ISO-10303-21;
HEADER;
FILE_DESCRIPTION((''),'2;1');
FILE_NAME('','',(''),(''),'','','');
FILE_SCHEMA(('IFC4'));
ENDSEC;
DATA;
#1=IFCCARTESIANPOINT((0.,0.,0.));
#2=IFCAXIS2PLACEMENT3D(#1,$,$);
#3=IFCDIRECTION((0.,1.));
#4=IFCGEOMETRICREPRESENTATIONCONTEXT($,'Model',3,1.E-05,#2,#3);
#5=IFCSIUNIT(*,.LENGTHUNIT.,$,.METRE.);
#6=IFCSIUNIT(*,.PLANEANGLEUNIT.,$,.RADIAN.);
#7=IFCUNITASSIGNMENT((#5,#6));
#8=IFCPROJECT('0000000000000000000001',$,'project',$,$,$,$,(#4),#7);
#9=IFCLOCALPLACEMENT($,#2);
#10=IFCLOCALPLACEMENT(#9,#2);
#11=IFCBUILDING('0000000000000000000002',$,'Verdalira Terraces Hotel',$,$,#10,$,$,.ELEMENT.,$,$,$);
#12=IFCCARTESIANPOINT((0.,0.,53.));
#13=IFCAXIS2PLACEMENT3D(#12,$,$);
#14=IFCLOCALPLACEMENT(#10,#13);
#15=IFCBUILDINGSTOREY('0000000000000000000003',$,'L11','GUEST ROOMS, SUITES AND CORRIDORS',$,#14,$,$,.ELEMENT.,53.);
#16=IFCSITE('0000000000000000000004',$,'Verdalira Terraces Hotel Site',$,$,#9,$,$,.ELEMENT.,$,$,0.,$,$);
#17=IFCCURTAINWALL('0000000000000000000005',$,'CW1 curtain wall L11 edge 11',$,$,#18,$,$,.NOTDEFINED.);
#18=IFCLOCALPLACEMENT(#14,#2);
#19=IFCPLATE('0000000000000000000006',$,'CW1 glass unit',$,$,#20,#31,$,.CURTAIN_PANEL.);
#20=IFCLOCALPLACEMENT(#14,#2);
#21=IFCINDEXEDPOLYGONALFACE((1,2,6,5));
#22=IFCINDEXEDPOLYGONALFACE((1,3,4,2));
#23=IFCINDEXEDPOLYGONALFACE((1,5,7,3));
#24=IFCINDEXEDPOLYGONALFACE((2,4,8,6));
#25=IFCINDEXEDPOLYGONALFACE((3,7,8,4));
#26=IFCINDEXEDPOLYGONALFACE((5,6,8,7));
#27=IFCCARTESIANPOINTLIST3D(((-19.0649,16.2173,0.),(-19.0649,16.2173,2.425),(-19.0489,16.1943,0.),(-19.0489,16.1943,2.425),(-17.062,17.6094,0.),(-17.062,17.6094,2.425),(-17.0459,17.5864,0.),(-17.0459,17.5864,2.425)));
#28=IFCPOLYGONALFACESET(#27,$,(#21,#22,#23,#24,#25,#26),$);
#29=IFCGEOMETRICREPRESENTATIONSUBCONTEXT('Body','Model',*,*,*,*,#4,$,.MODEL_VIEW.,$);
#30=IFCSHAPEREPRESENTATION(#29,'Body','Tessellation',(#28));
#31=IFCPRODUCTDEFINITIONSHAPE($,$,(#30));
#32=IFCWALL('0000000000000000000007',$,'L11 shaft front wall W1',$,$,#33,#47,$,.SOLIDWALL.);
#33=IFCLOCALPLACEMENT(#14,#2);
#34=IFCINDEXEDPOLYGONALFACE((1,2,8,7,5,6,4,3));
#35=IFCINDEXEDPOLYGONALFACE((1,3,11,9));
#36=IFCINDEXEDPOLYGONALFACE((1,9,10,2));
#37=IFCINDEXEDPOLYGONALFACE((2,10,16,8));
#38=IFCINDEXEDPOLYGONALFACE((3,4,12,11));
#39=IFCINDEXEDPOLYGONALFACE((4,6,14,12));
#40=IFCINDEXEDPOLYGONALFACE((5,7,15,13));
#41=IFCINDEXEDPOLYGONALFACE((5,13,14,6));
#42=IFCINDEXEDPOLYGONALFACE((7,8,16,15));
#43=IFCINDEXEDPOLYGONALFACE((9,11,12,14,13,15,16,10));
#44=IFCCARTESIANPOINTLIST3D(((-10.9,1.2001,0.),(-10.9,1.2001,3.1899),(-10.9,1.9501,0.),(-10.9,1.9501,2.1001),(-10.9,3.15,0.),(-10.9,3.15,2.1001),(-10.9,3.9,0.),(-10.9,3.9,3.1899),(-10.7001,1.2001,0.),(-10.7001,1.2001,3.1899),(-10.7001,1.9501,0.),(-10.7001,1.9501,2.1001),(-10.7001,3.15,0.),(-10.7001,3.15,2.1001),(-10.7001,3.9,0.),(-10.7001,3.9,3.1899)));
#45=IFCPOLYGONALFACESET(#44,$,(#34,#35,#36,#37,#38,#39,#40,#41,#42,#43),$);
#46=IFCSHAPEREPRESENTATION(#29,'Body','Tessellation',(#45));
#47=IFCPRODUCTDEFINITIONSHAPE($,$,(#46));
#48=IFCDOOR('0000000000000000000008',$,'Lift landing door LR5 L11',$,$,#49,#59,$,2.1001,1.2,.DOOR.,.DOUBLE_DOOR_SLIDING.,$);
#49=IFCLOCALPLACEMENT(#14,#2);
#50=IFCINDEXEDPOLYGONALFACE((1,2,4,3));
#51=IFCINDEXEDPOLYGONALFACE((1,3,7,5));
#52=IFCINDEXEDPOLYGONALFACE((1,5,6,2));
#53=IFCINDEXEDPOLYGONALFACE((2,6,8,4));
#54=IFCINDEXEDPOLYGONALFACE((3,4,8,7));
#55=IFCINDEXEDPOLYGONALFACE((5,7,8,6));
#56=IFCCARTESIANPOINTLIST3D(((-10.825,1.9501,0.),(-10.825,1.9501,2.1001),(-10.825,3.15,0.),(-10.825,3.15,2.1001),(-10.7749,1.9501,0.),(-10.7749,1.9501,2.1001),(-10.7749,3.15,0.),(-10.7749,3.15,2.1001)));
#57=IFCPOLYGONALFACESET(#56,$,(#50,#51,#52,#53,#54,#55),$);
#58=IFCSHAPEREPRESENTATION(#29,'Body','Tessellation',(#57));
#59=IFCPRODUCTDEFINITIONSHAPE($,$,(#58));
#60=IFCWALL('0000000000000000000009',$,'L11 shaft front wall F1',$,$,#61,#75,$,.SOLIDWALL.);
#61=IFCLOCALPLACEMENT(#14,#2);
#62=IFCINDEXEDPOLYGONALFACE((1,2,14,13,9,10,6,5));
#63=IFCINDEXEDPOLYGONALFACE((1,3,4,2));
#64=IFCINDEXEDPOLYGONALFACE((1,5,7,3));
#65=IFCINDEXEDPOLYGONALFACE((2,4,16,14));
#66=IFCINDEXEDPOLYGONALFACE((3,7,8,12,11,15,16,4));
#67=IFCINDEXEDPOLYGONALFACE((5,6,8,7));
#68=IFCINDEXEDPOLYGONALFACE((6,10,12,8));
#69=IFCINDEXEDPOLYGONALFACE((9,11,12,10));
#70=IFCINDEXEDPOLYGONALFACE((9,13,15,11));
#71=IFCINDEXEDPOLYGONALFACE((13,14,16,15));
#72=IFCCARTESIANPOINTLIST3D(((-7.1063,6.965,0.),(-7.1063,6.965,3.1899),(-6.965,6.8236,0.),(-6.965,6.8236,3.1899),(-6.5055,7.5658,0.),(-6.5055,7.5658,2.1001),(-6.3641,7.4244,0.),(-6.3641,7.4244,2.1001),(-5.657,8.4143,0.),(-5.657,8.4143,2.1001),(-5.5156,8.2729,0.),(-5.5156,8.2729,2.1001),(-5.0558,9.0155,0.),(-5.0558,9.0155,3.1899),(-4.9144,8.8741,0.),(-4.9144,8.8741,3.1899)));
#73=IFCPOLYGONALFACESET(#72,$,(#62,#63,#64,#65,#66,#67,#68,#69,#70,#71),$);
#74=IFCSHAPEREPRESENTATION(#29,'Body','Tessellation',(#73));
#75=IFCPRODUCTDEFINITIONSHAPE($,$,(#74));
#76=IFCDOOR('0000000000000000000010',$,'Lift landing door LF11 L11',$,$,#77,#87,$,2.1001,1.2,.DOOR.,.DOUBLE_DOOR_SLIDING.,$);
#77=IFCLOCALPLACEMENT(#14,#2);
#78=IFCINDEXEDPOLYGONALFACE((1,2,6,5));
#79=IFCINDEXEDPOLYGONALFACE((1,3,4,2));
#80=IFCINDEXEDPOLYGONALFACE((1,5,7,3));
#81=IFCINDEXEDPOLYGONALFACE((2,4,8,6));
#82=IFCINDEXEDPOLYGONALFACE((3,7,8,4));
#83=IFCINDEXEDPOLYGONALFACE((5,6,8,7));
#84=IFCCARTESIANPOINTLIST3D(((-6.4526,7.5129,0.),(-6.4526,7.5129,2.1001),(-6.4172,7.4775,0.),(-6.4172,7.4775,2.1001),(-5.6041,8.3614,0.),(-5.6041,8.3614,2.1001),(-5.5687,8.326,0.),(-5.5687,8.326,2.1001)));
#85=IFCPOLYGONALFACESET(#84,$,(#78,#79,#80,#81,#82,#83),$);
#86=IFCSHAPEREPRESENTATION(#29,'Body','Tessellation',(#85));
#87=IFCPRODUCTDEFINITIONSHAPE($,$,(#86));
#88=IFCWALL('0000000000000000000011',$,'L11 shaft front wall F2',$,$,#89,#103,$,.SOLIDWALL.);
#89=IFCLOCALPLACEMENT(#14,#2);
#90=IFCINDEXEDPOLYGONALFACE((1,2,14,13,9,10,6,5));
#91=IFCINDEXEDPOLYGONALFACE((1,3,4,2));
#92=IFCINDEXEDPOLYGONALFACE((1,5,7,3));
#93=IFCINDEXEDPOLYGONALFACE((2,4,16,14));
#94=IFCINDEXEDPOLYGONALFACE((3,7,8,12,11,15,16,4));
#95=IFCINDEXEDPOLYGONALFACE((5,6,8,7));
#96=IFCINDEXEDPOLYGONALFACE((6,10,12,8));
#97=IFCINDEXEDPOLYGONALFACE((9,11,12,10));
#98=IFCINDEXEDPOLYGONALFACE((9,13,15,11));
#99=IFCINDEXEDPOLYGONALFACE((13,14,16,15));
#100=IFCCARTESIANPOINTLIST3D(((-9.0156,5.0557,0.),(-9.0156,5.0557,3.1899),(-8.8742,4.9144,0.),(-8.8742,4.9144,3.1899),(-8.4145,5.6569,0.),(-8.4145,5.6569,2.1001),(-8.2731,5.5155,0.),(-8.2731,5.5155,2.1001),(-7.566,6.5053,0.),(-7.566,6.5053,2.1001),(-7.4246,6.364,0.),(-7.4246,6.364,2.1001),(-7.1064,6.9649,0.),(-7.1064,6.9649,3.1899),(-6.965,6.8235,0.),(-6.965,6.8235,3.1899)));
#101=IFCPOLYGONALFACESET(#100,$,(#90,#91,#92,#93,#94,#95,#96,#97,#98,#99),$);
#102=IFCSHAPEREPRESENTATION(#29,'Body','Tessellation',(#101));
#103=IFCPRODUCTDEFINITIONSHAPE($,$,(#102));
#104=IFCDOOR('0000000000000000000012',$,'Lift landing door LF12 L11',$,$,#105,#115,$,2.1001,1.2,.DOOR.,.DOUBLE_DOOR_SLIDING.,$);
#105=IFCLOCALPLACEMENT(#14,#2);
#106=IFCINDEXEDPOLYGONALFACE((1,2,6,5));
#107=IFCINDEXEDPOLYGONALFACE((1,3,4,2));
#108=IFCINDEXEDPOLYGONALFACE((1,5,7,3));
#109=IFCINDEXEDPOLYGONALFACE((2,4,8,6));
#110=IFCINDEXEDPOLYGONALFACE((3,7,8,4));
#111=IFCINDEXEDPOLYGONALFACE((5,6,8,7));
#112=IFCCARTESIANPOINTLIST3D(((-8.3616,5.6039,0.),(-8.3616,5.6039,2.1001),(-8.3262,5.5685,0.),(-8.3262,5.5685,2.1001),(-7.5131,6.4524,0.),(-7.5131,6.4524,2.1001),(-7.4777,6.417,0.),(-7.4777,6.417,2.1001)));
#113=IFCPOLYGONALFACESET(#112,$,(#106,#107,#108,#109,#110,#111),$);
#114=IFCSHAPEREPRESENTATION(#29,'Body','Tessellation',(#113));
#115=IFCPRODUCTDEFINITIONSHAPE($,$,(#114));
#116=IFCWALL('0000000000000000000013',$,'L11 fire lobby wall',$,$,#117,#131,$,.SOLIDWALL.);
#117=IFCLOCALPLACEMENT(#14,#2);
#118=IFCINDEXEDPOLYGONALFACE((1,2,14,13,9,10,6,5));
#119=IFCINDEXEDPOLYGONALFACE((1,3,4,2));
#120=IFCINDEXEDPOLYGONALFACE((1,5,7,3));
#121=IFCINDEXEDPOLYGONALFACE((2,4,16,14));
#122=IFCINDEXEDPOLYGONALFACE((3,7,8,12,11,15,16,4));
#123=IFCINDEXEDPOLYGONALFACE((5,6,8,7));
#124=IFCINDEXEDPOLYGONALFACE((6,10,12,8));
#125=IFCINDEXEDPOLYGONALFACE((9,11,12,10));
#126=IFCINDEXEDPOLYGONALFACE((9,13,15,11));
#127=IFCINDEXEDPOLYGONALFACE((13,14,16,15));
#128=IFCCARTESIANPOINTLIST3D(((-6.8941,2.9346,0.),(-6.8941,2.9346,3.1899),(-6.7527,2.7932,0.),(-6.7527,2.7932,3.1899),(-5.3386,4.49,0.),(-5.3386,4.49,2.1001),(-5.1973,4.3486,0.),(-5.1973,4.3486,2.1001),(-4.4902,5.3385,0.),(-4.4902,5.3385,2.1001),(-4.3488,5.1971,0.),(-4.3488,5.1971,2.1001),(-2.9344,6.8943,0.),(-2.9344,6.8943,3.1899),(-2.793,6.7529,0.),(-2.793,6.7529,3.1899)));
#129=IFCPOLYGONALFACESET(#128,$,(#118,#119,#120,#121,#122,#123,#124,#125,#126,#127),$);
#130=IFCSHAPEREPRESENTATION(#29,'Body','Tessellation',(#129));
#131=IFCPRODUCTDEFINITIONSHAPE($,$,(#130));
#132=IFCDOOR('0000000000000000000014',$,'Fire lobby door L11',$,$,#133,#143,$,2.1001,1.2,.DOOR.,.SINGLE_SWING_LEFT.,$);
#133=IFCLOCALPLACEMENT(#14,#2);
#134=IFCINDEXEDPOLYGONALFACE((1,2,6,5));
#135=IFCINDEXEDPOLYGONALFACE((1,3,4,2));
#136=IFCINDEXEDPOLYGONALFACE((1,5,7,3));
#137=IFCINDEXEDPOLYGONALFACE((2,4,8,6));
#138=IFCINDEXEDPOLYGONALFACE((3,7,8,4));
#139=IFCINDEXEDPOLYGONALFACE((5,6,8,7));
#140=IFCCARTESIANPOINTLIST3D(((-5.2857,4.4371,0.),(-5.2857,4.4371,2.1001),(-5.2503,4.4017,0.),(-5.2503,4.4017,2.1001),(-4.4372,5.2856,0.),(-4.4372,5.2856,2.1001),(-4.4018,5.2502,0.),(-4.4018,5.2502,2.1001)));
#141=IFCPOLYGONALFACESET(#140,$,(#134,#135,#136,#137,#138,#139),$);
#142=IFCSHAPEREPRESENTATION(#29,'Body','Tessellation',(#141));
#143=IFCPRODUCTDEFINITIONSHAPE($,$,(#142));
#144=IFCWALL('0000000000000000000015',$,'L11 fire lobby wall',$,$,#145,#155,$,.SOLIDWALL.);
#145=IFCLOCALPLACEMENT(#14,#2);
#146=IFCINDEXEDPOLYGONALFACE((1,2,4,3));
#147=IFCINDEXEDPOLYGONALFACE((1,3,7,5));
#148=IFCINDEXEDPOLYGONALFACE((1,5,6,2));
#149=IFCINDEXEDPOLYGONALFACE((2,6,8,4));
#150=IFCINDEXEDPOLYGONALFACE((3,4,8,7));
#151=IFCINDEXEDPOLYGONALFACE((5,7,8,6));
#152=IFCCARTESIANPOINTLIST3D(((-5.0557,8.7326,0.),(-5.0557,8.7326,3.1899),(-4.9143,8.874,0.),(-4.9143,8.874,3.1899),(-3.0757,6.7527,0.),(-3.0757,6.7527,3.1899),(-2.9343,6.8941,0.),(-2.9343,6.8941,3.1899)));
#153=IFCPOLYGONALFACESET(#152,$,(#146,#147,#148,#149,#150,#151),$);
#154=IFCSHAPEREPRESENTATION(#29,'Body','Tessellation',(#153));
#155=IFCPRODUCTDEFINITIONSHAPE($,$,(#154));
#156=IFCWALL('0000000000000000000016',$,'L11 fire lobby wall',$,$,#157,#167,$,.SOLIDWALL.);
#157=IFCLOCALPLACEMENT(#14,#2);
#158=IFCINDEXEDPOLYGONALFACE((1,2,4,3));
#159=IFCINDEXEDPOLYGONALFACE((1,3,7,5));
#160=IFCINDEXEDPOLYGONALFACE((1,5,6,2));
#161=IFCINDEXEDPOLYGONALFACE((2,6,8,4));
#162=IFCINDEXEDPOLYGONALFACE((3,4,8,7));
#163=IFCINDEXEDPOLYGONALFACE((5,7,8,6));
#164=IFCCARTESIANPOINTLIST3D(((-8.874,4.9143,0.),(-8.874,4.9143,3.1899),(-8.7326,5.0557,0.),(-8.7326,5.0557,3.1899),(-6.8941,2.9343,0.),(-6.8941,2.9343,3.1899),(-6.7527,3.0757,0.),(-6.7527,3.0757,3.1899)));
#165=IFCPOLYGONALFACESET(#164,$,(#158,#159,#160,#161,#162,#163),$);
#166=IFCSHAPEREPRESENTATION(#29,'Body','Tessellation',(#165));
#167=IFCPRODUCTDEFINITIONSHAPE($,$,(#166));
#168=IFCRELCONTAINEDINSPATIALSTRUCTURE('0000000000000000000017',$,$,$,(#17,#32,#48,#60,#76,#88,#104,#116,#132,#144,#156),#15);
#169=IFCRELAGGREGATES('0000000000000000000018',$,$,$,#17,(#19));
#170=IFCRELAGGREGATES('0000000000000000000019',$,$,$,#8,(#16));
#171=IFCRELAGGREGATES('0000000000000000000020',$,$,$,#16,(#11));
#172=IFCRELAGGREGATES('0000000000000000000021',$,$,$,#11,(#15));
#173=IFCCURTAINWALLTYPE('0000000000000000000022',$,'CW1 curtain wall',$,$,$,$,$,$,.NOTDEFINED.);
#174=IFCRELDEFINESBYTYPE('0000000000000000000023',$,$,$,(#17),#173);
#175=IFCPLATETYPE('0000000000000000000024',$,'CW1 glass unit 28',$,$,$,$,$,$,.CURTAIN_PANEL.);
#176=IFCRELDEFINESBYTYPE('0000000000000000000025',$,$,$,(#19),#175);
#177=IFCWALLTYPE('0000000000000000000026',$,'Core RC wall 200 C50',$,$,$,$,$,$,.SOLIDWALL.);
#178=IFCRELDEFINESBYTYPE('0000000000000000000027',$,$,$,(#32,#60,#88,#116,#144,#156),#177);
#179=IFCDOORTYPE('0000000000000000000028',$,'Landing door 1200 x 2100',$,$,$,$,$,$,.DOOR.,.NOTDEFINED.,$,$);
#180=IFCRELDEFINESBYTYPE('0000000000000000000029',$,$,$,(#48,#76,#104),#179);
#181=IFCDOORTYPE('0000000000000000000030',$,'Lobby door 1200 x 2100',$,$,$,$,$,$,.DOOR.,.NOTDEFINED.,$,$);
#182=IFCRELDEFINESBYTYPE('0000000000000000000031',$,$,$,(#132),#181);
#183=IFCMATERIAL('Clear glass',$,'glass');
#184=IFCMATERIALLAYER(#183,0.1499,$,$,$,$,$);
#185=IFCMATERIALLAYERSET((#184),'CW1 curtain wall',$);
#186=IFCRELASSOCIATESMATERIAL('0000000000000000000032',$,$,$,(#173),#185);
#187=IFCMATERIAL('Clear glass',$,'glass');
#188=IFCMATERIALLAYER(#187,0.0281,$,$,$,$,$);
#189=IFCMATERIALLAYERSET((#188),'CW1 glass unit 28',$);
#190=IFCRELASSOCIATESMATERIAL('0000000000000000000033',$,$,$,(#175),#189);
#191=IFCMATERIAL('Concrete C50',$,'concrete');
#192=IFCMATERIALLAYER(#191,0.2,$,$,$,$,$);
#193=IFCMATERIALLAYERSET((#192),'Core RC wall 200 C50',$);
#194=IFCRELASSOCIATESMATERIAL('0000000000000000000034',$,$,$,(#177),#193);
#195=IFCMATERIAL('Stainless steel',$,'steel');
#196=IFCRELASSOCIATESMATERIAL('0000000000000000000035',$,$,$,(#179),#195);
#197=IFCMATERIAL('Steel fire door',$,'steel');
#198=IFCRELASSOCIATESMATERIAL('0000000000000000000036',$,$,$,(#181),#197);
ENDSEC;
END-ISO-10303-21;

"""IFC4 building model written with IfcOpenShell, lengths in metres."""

from ifc_helpers import new_model, si_unit, direction, frame, frame_2d, origin, origin_2d, place, context, subcontext, project, spatial, rectangle, extrude, material, layer, layer_set, type_object, element, fill, aggregate, save


model = new_model("IFC4")

# Units and contexts
model_context = context("Model", 3, precision=1e-05, world=origin(), true_north=direction((0.0, 1.0)))
body_context = subcontext(model_context, "Body", "Model", "MODEL_VIEW")
ifc_project = project(units=[si_unit("LENGTHUNIT", "METRE"), si_unit("PLANEANGLEUNIT", "RADIAN")], contexts=[model_context])

# Site, building, storey
site_placement = place(None, origin())
site = spatial("IfcSite", under=ifc_project, at=site_placement, Name="Verdalira Terraces Hotel Site", CompositionType="ELEMENT", RefElevation=0.0)
building_placement = place(site_placement, origin())
building = spatial("IfcBuilding", under=site, at=building_placement, Name="Verdalira Terraces Hotel", CompositionType="ELEMENT")
storey_placement = place(building_placement, frame((0.0, 0.0, 53.0)))
storey = spatial("IfcBuildingStorey", under=building, at=storey_placement, Name="L11", Description="GUEST ROOMS, SUITES AND CORRIDORS", CompositionType="ELEMENT", Elevation=53.0)

# Curtain wall, plate
ifc_material_1 = material(Name="Clear glass", Category="glass")
ifc_layer_1 = layer(ifc_material_1, 0.1499)
ifc_layer_set_1 = layer_set([ifc_layer_1], Name="CW1 curtain wall")
curtain_wall_type = type_object("IfcCurtainWallType", Name="CW1 curtain wall", PredefinedType="NOTDEFINED", material=ifc_layer_set_1)
curtain_wall_placement = place(storey_placement, origin())
curtain_wall = element("IfcCurtainWall", 1, at=curtain_wall_placement, inside=storey, type_object=curtain_wall_type, Name="CW1 curtain wall L11 edge 11", PredefinedType="NOTDEFINED")
ifc_material_2 = material(Name="Clear glass", Category="glass")
ifc_layer_2 = layer(ifc_material_2, 0.0281)
ifc_layer_set_2 = layer_set([ifc_layer_2], Name="CW1 glass unit 28")
plate_type = type_object("IfcPlateType", Name="CW1 glass unit 28", PredefinedType="CURTAIN_PANEL", material=ifc_layer_set_2)
plate_placement = place(storey_placement, frame((-18.0554, 16.9019, 0.0), z_axis=(0.0, 0.0, 1.0), x_axis=(-0.821149, -0.570714, 0.0)))
plate = element("IfcPlate", 2, at=plate_placement, type_object=plate_type, Name="CW1 glass unit", PredefinedType="CURTAIN_PANEL", context=body_context, shape_type="SweptSolid", body=[
    extrude(rectangle(XDim=2.4392, YDim=0.0281, at=origin_2d()), origin(), (0.0, 0.0, 1.0), 2.425),
])
aggregate(curtain_wall, [plate])

# Walls, openings, doors
ifc_material_3 = material(Name="Concrete C50", Category="concrete")
ifc_layer_3 = layer(ifc_material_3, 0.2)
ifc_layer_set_3 = layer_set([ifc_layer_3], Name="Core RC wall 200 C50")
wall_type_1 = type_object("IfcWallType", Name="Core RC wall 200 C50", PredefinedType="SOLIDWALL", material=ifc_layer_set_3)
wall_1_placement = place(storey_placement, frame((-10.8, 1.2, 0.0), z_axis=(0.0, 0.0, 1.0), x_axis=(0.0, 1.0, 0.0)))
wall_1 = element("IfcWall", 3, at=wall_1_placement, inside=storey, type_object=wall_type_1, Name="L11 shaft front wall W1", PredefinedType="SOLIDWALL", context=body_context, shape_type="SweptSolid", body=[
    extrude(rectangle(XDim=2.7, YDim=0.2, at=frame_2d((1.3501, 0.0))), origin(), (0.0, 0.0, 1.0), 3.1899),
])
opening_1_placement = place(wall_1_placement, frame((0.75, 0.0, 0.0)))
opening_1 = element("IfcOpeningElement", 4, at=opening_1_placement, cuts=wall_1, PredefinedType="OPENING", context=body_context, shape_type="SweptSolid", body=[
    extrude(rectangle(XDim=1.2, YDim=2.1001, at=frame_2d((0.6001, 1.05))), frame((0.0, 0.1099, 0.0), z_axis=(0.0, -1.0, 0.0), x_axis=(1.0, 0.0, 0.0)), (0.0, 0.0, 1.0), 0.22),
])
ifc_material_4 = material(Name="Stainless steel", Category="steel")
door_type_1 = type_object("IfcDoorType", Name="Landing door 1200 x 2100", OperationType="NOTDEFINED", PredefinedType="DOOR", material=ifc_material_4)
door_1_placement = place(opening_1_placement, origin())
door_1 = element("IfcDoor", 5, at=door_1_placement, inside=storey, type_object=door_type_1, Name="Lift landing door LR5 L11", OperationType="DOUBLE_DOOR_SLIDING", OverallHeight=2.1001, OverallWidth=1.2, PredefinedType="DOOR", context=body_context, shape_type="SweptSolid", body=[
    extrude(rectangle(XDim=1.2, YDim=2.1001, at=frame_2d((0.6001, 1.05))), frame((0.0, 0.0249, 0.0), z_axis=(0.0, -1.0, 0.0), x_axis=(1.0, 0.0, 0.0)), (0.0, 0.0, 1.0), 0.05),
])
fill(opening_1, door_1)
wall_2_placement = place(storey_placement, frame((-4.9851, 8.9448, 0.0), z_axis=(0.0, 0.0, 1.0), x_axis=(-0.707107, -0.707107, 0.0)))
wall_2 = element("IfcWall", 6, at=wall_2_placement, inside=storey, type_object=wall_type_1, Name="L11 shaft front wall F1", PredefinedType="SOLIDWALL", context=body_context, shape_type="SweptSolid", body=[
    extrude(rectangle(XDim=2.8999, YDim=0.2, at=frame_2d((1.45, 0.0))), origin(), (0.0, 0.0, 1.0), 3.1899),
])
opening_2_placement = place(wall_2_placement, frame((0.8501, 0.0, 0.0)))
opening_2 = element("IfcOpeningElement", 7, at=opening_2_placement, cuts=wall_2, PredefinedType="OPENING", context=body_context, shape_type="SweptSolid", body=[
    extrude(rectangle(XDim=1.2, YDim=2.1001, at=frame_2d((0.6001, 1.05))), frame((0.0, 0.1099, 0.0), z_axis=(0.0, -1.0, 0.0), x_axis=(1.0, 0.0, 0.0)), (0.0, 0.0, 1.0), 0.22),
])
door_2_placement = place(opening_2_placement, origin())
door_2 = element("IfcDoor", 8, at=door_2_placement, inside=storey, type_object=door_type_1, Name="Lift landing door LF11 L11", OperationType="DOUBLE_DOOR_SLIDING", OverallHeight=2.1001, OverallWidth=1.2, PredefinedType="DOOR", context=body_context, shape_type="SweptSolid", body=[
    extrude(rectangle(XDim=1.2, YDim=2.1001, at=frame_2d((0.6001, 1.05))), frame((0.0, 0.0249, 0.0), z_axis=(0.0, -1.0, 0.0), x_axis=(1.0, 0.0, 0.0)), (0.0, 0.0, 1.0), 0.05),
])
fill(opening_2, door_2)
wall_3_placement = place(storey_placement, frame((-7.0356, 6.8943, 0.0), z_axis=(0.0, 0.0, 1.0), x_axis=(-0.707107, -0.707107, 0.0)))
wall_3 = element("IfcWall", 9, at=wall_3_placement, inside=storey, type_object=wall_type_1, Name="L11 shaft front wall F2", PredefinedType="SOLIDWALL", context=body_context, shape_type="SweptSolid", body=[
    extrude(rectangle(XDim=2.7, YDim=0.2, at=frame_2d((1.3501, 0.0))), origin(), (0.0, 0.0, 1.0), 3.1899),
])
opening_3_placement = place(wall_3_placement, frame((0.6499, 0.0, 0.0)))
opening_3 = element("IfcOpeningElement", 10, at=opening_3_placement, cuts=wall_3, PredefinedType="OPENING", context=body_context, shape_type="SweptSolid", body=[
    extrude(rectangle(XDim=1.2, YDim=2.1001, at=frame_2d((0.6001, 1.05))), frame((0.0, 0.1099, 0.0), z_axis=(0.0, -1.0, 0.0), x_axis=(1.0, 0.0, 0.0)), (0.0, 0.0, 1.0), 0.22),
])
door_3_placement = place(opening_3_placement, origin())
door_3 = element("IfcDoor", 11, at=door_3_placement, inside=storey, type_object=door_type_1, Name="Lift landing door LF12 L11", OperationType="DOUBLE_DOOR_SLIDING", OverallHeight=2.1001, OverallWidth=1.2, PredefinedType="DOOR", context=body_context, shape_type="SweptSolid", body=[
    extrude(rectangle(XDim=1.2, YDim=2.1001, at=frame_2d((0.6001, 1.05))), frame((0.0, 0.0249, 0.0), z_axis=(0.0, -1.0, 0.0), x_axis=(1.0, 0.0, 0.0)), (0.0, 0.0, 1.0), 0.05),
])
fill(opening_3, door_3)
wall_4_placement = place(storey_placement, frame((-2.8638, 6.8235, 0.0), z_axis=(0.0, 0.0, 1.0), x_axis=(-0.707107, -0.707107, 0.0)))
wall_4 = element("IfcWall", 12, at=wall_4_placement, inside=storey, type_object=wall_type_1, Name="L11 fire lobby wall", PredefinedType="SOLIDWALL", context=body_context, shape_type="SweptSolid", body=[
    extrude(rectangle(XDim=5.5999, YDim=0.2, at=frame_2d((2.7998, 0.0))), origin(), (0.0, 0.0, 1.0), 3.1899),
])
opening_4_placement = place(wall_4_placement, frame((2.2, 0.0, 0.0)))
opening_4 = element("IfcOpeningElement", 13, at=opening_4_placement, cuts=wall_4, PredefinedType="OPENING", context=body_context, shape_type="SweptSolid", body=[
    extrude(rectangle(XDim=1.2, YDim=2.1001, at=frame_2d((0.6001, 1.05))), frame((0.0, 0.1099, 0.0), z_axis=(0.0, -1.0, 0.0), x_axis=(1.0, 0.0, 0.0)), (0.0, 0.0, 1.0), 0.22),
])
ifc_material_5 = material(Name="Steel fire door", Category="steel")
door_type_2 = type_object("IfcDoorType", Name="Lobby door 1200 x 2100", OperationType="NOTDEFINED", PredefinedType="DOOR", material=ifc_material_5)
door_4_placement = place(opening_4_placement, origin())
door_4 = element("IfcDoor", 14, at=door_4_placement, inside=storey, type_object=door_type_2, Name="Fire lobby door L11", OperationType="SINGLE_SWING_LEFT", OverallHeight=2.1001, OverallWidth=1.2, PredefinedType="DOOR", context=body_context, shape_type="SweptSolid", body=[
    extrude(rectangle(XDim=1.2, YDim=2.1001, at=frame_2d((0.6001, 1.05))), frame((0.0, 0.0249, 0.0), z_axis=(0.0, -1.0, 0.0), x_axis=(1.0, 0.0, 0.0)), (0.0, 0.0, 1.0), 0.05),
])
fill(opening_4, door_4)

# Walls
for number, where, z_axis, x_axis, name in (
    (15, (-3.0051, 6.8235, 0.0), (0.0, 0.0, 1.0), (-0.707107, 0.707107, 0.0), "L11 fire lobby wall"),
    (16, (-6.8235, 3.0051, 0.0), (0.0, 0.0, 1.0), (-0.707107, 0.707107, 0.0), "L11 fire lobby wall"),
):
    element("IfcWall", number, at=place(storey_placement, frame(where, z_axis=z_axis, x_axis=x_axis)), inside=storey, type_object=wall_type_1, Name=name, PredefinedType="SOLIDWALL", context=body_context, shape_type="SweptSolid", body=[
        extrude(rectangle(XDim=2.8, YDim=0.2, at=frame_2d((1.3999, 0.0))), origin(), (0.0, 0.0, 1.0), 3.1899),
    ])

save(model, "model.ifc")
